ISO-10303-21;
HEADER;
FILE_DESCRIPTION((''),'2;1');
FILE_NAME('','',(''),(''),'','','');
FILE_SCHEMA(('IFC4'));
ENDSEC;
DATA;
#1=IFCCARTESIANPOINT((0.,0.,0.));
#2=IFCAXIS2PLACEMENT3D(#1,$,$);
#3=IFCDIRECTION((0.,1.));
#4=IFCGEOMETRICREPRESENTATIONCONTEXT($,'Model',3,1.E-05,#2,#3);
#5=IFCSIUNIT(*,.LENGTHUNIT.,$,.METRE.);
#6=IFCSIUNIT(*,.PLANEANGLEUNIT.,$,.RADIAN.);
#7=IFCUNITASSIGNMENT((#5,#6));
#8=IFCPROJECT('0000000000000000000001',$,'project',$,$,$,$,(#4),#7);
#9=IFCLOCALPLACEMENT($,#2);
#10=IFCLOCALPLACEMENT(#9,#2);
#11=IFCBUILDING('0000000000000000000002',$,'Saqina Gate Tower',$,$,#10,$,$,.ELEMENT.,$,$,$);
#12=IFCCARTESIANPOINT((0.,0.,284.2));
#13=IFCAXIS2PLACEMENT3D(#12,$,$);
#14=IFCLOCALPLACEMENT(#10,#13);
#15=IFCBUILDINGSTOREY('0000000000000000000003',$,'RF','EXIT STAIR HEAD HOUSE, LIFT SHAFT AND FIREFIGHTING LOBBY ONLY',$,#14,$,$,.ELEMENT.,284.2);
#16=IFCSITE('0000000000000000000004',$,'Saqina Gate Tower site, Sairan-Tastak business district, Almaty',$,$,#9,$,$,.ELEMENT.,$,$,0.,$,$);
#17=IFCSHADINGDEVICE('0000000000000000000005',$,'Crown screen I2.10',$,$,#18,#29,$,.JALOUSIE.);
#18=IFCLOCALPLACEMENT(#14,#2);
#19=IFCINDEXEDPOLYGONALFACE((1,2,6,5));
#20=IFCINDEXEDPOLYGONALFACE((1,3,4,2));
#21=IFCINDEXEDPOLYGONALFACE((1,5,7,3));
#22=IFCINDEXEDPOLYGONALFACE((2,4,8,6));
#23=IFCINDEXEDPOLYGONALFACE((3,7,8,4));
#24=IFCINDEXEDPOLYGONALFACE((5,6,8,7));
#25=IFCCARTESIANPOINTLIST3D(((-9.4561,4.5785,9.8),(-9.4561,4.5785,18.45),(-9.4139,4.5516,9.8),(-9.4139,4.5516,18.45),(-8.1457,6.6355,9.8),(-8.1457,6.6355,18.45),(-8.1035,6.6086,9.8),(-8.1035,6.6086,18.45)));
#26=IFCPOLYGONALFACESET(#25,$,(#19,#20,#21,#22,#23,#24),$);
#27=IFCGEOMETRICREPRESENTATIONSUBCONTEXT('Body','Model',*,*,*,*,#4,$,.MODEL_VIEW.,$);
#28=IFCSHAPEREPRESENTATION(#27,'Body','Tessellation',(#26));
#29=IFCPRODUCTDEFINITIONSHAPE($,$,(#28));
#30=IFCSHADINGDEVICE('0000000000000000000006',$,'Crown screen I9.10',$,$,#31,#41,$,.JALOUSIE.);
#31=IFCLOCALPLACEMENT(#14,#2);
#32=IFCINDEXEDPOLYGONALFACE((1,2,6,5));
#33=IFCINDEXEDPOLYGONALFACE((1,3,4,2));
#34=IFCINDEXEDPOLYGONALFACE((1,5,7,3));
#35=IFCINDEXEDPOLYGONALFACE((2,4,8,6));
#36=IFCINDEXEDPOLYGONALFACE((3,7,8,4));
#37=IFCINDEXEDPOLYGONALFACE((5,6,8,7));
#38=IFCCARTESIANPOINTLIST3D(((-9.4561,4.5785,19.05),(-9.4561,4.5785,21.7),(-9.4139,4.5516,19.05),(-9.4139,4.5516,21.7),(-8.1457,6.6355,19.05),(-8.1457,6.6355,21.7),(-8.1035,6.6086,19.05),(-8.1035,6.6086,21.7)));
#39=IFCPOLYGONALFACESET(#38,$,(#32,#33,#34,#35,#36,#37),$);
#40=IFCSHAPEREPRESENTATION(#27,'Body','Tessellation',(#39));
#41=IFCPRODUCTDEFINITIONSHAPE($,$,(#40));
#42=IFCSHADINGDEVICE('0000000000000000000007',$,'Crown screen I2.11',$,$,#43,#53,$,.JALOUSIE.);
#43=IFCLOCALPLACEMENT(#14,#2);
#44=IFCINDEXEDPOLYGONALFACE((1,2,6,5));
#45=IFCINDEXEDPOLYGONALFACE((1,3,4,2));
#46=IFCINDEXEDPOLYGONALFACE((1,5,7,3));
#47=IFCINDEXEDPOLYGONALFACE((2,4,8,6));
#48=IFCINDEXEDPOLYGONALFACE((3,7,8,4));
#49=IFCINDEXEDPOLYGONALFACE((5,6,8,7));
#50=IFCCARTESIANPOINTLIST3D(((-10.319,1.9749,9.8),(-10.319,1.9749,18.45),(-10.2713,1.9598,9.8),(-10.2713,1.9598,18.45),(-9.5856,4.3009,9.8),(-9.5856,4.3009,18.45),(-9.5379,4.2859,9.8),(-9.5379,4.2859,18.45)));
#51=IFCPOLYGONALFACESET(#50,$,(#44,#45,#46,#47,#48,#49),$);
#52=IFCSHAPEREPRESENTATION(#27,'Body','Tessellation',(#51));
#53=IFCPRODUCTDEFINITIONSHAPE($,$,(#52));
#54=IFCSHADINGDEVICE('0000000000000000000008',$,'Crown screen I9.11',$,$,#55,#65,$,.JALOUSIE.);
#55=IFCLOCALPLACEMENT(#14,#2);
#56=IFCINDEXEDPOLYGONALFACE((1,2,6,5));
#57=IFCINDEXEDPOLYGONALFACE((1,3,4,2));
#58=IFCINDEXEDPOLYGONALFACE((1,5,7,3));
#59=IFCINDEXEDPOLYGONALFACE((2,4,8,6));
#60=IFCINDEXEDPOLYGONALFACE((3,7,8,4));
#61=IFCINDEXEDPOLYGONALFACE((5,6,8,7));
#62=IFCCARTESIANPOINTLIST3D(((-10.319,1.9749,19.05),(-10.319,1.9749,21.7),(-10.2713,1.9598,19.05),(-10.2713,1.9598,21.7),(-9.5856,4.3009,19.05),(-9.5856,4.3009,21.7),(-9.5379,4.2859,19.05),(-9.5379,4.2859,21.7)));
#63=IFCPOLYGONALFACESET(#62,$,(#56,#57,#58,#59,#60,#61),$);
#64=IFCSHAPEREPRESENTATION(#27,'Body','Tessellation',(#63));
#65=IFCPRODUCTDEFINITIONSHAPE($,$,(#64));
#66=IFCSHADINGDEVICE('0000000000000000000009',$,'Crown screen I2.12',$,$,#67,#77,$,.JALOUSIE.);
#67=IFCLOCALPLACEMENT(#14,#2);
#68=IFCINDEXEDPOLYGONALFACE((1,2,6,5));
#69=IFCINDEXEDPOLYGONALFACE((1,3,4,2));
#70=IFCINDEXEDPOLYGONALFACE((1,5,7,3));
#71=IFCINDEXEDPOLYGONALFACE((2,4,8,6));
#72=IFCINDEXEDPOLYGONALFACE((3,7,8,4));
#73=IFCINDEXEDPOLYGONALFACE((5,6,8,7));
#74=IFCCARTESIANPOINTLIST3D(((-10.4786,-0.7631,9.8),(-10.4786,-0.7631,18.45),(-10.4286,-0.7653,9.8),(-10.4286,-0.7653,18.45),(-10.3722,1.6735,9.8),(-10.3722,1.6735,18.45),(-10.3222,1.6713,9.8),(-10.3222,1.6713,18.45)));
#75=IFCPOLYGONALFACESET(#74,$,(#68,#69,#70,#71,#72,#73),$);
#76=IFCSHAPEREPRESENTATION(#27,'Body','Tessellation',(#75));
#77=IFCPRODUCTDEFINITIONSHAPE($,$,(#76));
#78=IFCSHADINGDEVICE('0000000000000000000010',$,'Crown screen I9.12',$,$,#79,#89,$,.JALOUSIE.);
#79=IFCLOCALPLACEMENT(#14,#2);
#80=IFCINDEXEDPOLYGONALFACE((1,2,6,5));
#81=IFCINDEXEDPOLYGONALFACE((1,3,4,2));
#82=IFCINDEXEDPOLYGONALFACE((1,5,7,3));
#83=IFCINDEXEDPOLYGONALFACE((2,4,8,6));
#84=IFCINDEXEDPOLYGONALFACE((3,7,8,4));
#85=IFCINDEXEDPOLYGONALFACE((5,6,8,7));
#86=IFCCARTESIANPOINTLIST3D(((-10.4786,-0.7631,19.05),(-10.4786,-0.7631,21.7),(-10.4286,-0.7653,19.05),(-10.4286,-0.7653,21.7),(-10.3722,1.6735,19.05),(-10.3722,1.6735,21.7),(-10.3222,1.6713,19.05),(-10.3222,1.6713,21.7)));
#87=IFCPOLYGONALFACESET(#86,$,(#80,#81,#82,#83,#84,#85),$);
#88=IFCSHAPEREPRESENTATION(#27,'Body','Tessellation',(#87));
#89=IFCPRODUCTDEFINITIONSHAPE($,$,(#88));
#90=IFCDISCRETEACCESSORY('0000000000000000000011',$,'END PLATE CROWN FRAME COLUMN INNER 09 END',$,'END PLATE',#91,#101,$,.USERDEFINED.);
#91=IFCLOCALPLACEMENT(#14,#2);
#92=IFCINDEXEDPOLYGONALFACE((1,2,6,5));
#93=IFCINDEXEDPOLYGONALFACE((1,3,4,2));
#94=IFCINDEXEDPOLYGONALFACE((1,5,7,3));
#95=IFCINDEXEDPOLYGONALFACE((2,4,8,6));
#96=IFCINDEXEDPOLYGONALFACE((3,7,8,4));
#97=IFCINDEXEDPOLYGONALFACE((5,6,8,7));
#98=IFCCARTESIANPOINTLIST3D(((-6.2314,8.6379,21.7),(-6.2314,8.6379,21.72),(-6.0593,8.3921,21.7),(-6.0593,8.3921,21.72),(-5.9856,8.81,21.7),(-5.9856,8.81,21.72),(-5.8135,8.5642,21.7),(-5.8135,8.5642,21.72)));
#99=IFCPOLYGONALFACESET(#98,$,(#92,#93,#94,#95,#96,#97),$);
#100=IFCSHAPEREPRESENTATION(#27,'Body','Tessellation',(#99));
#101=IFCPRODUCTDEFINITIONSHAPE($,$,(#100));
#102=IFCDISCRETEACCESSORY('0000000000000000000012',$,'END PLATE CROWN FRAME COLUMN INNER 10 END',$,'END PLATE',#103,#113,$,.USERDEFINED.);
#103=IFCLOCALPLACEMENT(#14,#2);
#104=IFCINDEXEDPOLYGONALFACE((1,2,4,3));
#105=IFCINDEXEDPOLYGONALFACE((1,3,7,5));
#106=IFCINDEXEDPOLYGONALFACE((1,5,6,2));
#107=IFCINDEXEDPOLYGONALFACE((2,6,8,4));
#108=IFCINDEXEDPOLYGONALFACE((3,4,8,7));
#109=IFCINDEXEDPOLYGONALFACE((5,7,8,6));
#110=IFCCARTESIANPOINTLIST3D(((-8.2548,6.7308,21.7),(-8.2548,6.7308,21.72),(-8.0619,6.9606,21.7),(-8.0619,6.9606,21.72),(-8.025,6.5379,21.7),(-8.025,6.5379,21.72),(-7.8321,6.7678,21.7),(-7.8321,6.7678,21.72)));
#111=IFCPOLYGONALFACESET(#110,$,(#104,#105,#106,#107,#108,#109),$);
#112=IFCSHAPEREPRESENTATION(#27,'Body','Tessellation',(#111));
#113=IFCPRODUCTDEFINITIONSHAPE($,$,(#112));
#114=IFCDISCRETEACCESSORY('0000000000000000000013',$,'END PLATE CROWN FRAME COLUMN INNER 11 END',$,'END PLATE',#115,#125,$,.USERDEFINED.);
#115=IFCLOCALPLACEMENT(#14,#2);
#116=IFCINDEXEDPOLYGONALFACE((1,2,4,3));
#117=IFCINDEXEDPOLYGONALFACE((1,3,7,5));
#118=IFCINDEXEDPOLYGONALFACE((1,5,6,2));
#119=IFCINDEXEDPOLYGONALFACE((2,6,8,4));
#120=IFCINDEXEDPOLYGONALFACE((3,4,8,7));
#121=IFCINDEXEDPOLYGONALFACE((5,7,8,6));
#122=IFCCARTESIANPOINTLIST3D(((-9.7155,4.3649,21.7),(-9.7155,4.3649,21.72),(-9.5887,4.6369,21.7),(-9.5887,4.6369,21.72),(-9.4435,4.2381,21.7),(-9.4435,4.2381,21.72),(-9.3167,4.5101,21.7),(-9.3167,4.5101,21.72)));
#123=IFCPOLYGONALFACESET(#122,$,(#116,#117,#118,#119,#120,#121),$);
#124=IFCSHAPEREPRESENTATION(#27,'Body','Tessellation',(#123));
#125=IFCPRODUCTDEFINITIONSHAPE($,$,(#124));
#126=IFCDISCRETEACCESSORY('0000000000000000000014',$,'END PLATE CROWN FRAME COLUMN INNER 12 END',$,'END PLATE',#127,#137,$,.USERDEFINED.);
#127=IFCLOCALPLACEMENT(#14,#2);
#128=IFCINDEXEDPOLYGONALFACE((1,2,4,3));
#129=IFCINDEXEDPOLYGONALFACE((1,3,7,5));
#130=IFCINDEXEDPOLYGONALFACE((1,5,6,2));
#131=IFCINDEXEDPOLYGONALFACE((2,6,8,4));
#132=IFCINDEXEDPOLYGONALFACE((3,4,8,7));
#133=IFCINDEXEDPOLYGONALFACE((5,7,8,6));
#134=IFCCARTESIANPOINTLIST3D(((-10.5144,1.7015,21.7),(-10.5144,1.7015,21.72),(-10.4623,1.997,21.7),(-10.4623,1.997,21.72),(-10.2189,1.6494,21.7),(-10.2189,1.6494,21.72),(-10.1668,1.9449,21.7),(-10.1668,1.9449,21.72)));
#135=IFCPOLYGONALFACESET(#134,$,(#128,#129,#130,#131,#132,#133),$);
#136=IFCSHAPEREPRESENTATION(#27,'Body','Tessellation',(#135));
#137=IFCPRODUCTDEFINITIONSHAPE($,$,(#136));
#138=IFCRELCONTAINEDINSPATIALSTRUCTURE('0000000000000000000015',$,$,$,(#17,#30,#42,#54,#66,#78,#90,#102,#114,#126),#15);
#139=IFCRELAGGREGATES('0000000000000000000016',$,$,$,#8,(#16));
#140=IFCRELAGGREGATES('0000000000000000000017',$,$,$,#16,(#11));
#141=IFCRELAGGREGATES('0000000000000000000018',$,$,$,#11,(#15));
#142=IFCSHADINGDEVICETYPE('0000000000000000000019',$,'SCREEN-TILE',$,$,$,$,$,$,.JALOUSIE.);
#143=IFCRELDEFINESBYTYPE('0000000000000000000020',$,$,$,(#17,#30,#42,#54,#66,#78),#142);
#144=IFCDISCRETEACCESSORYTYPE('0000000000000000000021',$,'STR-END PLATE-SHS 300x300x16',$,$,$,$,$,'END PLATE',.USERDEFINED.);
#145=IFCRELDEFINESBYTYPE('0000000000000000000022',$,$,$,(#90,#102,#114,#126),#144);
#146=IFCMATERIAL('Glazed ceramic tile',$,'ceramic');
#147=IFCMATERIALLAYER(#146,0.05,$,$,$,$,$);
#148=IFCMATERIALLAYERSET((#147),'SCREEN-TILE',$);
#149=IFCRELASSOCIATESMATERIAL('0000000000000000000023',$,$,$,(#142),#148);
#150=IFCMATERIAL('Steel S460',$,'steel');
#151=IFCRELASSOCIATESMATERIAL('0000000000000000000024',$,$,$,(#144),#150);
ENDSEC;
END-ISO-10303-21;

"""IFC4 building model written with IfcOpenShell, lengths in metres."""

from ifc_helpers import new_model, si_unit, direction, frame, origin, origin_2d, place, context, subcontext, project, spatial, rectangle, extrude, material, layer, layer_set, material_profile, profile_set, type_object, element, save


model = new_model("IFC4")

# Units and contexts
model_context = context("Model", 3, precision=1e-05, world=origin(), true_north=direction((0.0, 1.0)))
body_context = subcontext(model_context, "Body", "Model", "MODEL_VIEW")
ifc_project = project(units=[si_unit("LENGTHUNIT", "METRE"), si_unit("PLANEANGLEUNIT", "RADIAN")], contexts=[model_context])

# Site, building, storey
site_placement = place(None, origin())
site = spatial("IfcSite", under=ifc_project, at=site_placement, Name="Saqina Gate Tower site, Sairan-Tastak business district, Almaty", CompositionType="ELEMENT", RefElevation=0.0)
building_placement = place(site_placement, origin())
building = spatial("IfcBuilding", under=site, at=building_placement, Name="Saqina Gate Tower", CompositionType="ELEMENT")
storey_placement = place(building_placement, frame((0.0, 0.0, 284.2)))
storey = spatial("IfcBuildingStorey", under=building, at=storey_placement, Name="RF", Description="EXIT STAIR HEAD HOUSE, LIFT SHAFT AND FIREFIGHTING LOBBY ONLY", CompositionType="ELEMENT", Elevation=284.2)

# Shading devices
ifc_material_1 = material(Name="Glazed ceramic tile", Category="ceramic")
ifc_layer = layer(ifc_material_1, 0.05)
ifc_layer_set = layer_set([ifc_layer], Name="SCREEN-TILE")
shading_device_type = type_object("IfcShadingDeviceType", Name="SCREEN-TILE", PredefinedType="JALOUSIE", material=ifc_layer_set)
shading_device_1_placement = place(storey_placement, frame((-8.7798, 5.5935, 9.8), z_axis=(0.0, 0.0, 1.0), x_axis=(-0.5373, -0.843391, 0.0)))
element("IfcShadingDevice", 1, at=shading_device_1_placement, inside=storey, type_object=shading_device_type, Name="Crown screen I2.10", PredefinedType="JALOUSIE", context=body_context, shape_type="SweptSolid", body=[
    extrude(rectangle(XDim=2.439, YDim=0.05, at=origin_2d()), origin(), (0.0, 0.0, 1.0), 8.6499),
])
shading_device_2_placement = place(storey_placement, frame((-8.7798, 5.5935, 19.05), z_axis=(0.0, 0.0, 1.0), x_axis=(-0.5373, -0.843391, 0.0)))
element("IfcShadingDevice", 2, at=shading_device_2_placement, inside=storey, type_object=shading_device_type, Name="Crown screen I9.10", PredefinedType="JALOUSIE", context=body_context, shape_type="SweptSolid", body=[
    extrude(rectangle(XDim=2.439, YDim=0.05, at=origin_2d()), origin(), (0.0, 0.0, 1.0), 2.6499),
])
shading_device_3_placement = place(storey_placement, frame((-9.9285, 3.1304, 9.8), z_axis=(0.0, 0.0, 1.0), x_axis=(-0.300706, -0.953717, 0.0)))
element("IfcShadingDevice", 3, at=shading_device_3_placement, inside=storey, type_object=shading_device_type, Name="Crown screen I2.11", PredefinedType="JALOUSIE", context=body_context, shape_type="SweptSolid", body=[
    extrude(rectangle(XDim=2.439, YDim=0.05, at=origin_2d()), origin(), (0.0, 0.0, 1.0), 8.6499),
])
shading_device_4_placement = place(storey_placement, frame((-9.9285, 3.1304, 19.05), z_axis=(0.0, 0.0, 1.0), x_axis=(-0.300706, -0.953717, 0.0)))
element("IfcShadingDevice", 4, at=shading_device_4_placement, inside=storey, type_object=shading_device_type, Name="Crown screen I9.11", PredefinedType="JALOUSIE", context=body_context, shape_type="SweptSolid", body=[
    extrude(rectangle(XDim=2.439, YDim=0.05, at=origin_2d()), origin(), (0.0, 0.0, 1.0), 2.6499),
])
shading_device_5_placement = place(storey_placement, frame((-10.4004, 0.4541, 9.8), z_axis=(0.0, 0.0, 1.0), x_axis=(-0.043619, -0.999048, 0.0)))
element("IfcShadingDevice", 5, at=shading_device_5_placement, inside=storey, type_object=shading_device_type, Name="Crown screen I2.12", PredefinedType="JALOUSIE", context=body_context, shape_type="SweptSolid", body=[
    extrude(rectangle(XDim=2.439, YDim=0.05, at=origin_2d()), origin(), (0.0, 0.0, 1.0), 8.6499),
])
shading_device_6_placement = place(storey_placement, frame((-10.4004, 0.4541, 19.05), z_axis=(0.0, 0.0, 1.0), x_axis=(-0.043619, -0.999048, 0.0)))
element("IfcShadingDevice", 6, at=shading_device_6_placement, inside=storey, type_object=shading_device_type, Name="Crown screen I9.12", PredefinedType="JALOUSIE", context=body_context, shape_type="SweptSolid", body=[
    extrude(rectangle(XDim=2.439, YDim=0.05, at=origin_2d()), origin(), (0.0, 0.0, 1.0), 2.6499),
])

# Discrete accessories
ifc_material_2 = material(Name="Steel S460", Category="steel")
ifc_material_profile_1 = material_profile(ifc_material_2, rectangle(XDim=0.3, YDim=0.3, at=origin_2d()), Name="STR-END PLATE-SHS 300x300x16")
ifc_profile_set_1 = profile_set([ifc_material_profile_1], Name="Steel S460")
discrete_accessory_type = type_object("IfcDiscreteAccessoryType", Name="STR-END PLATE-SHS 300x300x16", ElementType="END PLATE", PredefinedType="USERDEFINED", material=ifc_profile_set_1)
for number, where, z_axis, x_axis, name in (
    (7, (-6.0225, 8.6011, 21.7), (0.0, 0.0, 1.0), (-0.573576, 0.819152, 0.0), "END PLATE CROWN FRAME COLUMN INNER 09 END"),
    (8, (-8.0435, 6.7493, 21.7), (0.0, 0.0, 1.0), (-0.766044, 0.642788, 0.0), "END PLATE CROWN FRAME COLUMN INNER 10 END"),
    (9, (-9.5161, 4.4375, 21.7), (0.0, 0.0, 1.0), (-0.906308, 0.422618, 0.0), "END PLATE CROWN FRAME COLUMN INNER 11 END"),
    (10, (-10.3406, 1.8232, 21.7), (0.0, 0.0, 1.0), (-0.984808, 0.173648, 0.0), "END PLATE CROWN FRAME COLUMN INNER 12 END"),
):
    element("IfcDiscreteAccessory", number, at=place(storey_placement, frame(where, z_axis=z_axis, x_axis=x_axis)), inside=storey, type_object=discrete_accessory_type, Name=name, ObjectType="END PLATE", PredefinedType="USERDEFINED", context=body_context, shape_type="SweptSolid", body=[
        extrude(rectangle(XDim=0.3, YDim=0.3, at=origin_2d()), origin(), (0.0, 0.0, 1.0), 0.02),
    ])

save(model, "model.ifc")
